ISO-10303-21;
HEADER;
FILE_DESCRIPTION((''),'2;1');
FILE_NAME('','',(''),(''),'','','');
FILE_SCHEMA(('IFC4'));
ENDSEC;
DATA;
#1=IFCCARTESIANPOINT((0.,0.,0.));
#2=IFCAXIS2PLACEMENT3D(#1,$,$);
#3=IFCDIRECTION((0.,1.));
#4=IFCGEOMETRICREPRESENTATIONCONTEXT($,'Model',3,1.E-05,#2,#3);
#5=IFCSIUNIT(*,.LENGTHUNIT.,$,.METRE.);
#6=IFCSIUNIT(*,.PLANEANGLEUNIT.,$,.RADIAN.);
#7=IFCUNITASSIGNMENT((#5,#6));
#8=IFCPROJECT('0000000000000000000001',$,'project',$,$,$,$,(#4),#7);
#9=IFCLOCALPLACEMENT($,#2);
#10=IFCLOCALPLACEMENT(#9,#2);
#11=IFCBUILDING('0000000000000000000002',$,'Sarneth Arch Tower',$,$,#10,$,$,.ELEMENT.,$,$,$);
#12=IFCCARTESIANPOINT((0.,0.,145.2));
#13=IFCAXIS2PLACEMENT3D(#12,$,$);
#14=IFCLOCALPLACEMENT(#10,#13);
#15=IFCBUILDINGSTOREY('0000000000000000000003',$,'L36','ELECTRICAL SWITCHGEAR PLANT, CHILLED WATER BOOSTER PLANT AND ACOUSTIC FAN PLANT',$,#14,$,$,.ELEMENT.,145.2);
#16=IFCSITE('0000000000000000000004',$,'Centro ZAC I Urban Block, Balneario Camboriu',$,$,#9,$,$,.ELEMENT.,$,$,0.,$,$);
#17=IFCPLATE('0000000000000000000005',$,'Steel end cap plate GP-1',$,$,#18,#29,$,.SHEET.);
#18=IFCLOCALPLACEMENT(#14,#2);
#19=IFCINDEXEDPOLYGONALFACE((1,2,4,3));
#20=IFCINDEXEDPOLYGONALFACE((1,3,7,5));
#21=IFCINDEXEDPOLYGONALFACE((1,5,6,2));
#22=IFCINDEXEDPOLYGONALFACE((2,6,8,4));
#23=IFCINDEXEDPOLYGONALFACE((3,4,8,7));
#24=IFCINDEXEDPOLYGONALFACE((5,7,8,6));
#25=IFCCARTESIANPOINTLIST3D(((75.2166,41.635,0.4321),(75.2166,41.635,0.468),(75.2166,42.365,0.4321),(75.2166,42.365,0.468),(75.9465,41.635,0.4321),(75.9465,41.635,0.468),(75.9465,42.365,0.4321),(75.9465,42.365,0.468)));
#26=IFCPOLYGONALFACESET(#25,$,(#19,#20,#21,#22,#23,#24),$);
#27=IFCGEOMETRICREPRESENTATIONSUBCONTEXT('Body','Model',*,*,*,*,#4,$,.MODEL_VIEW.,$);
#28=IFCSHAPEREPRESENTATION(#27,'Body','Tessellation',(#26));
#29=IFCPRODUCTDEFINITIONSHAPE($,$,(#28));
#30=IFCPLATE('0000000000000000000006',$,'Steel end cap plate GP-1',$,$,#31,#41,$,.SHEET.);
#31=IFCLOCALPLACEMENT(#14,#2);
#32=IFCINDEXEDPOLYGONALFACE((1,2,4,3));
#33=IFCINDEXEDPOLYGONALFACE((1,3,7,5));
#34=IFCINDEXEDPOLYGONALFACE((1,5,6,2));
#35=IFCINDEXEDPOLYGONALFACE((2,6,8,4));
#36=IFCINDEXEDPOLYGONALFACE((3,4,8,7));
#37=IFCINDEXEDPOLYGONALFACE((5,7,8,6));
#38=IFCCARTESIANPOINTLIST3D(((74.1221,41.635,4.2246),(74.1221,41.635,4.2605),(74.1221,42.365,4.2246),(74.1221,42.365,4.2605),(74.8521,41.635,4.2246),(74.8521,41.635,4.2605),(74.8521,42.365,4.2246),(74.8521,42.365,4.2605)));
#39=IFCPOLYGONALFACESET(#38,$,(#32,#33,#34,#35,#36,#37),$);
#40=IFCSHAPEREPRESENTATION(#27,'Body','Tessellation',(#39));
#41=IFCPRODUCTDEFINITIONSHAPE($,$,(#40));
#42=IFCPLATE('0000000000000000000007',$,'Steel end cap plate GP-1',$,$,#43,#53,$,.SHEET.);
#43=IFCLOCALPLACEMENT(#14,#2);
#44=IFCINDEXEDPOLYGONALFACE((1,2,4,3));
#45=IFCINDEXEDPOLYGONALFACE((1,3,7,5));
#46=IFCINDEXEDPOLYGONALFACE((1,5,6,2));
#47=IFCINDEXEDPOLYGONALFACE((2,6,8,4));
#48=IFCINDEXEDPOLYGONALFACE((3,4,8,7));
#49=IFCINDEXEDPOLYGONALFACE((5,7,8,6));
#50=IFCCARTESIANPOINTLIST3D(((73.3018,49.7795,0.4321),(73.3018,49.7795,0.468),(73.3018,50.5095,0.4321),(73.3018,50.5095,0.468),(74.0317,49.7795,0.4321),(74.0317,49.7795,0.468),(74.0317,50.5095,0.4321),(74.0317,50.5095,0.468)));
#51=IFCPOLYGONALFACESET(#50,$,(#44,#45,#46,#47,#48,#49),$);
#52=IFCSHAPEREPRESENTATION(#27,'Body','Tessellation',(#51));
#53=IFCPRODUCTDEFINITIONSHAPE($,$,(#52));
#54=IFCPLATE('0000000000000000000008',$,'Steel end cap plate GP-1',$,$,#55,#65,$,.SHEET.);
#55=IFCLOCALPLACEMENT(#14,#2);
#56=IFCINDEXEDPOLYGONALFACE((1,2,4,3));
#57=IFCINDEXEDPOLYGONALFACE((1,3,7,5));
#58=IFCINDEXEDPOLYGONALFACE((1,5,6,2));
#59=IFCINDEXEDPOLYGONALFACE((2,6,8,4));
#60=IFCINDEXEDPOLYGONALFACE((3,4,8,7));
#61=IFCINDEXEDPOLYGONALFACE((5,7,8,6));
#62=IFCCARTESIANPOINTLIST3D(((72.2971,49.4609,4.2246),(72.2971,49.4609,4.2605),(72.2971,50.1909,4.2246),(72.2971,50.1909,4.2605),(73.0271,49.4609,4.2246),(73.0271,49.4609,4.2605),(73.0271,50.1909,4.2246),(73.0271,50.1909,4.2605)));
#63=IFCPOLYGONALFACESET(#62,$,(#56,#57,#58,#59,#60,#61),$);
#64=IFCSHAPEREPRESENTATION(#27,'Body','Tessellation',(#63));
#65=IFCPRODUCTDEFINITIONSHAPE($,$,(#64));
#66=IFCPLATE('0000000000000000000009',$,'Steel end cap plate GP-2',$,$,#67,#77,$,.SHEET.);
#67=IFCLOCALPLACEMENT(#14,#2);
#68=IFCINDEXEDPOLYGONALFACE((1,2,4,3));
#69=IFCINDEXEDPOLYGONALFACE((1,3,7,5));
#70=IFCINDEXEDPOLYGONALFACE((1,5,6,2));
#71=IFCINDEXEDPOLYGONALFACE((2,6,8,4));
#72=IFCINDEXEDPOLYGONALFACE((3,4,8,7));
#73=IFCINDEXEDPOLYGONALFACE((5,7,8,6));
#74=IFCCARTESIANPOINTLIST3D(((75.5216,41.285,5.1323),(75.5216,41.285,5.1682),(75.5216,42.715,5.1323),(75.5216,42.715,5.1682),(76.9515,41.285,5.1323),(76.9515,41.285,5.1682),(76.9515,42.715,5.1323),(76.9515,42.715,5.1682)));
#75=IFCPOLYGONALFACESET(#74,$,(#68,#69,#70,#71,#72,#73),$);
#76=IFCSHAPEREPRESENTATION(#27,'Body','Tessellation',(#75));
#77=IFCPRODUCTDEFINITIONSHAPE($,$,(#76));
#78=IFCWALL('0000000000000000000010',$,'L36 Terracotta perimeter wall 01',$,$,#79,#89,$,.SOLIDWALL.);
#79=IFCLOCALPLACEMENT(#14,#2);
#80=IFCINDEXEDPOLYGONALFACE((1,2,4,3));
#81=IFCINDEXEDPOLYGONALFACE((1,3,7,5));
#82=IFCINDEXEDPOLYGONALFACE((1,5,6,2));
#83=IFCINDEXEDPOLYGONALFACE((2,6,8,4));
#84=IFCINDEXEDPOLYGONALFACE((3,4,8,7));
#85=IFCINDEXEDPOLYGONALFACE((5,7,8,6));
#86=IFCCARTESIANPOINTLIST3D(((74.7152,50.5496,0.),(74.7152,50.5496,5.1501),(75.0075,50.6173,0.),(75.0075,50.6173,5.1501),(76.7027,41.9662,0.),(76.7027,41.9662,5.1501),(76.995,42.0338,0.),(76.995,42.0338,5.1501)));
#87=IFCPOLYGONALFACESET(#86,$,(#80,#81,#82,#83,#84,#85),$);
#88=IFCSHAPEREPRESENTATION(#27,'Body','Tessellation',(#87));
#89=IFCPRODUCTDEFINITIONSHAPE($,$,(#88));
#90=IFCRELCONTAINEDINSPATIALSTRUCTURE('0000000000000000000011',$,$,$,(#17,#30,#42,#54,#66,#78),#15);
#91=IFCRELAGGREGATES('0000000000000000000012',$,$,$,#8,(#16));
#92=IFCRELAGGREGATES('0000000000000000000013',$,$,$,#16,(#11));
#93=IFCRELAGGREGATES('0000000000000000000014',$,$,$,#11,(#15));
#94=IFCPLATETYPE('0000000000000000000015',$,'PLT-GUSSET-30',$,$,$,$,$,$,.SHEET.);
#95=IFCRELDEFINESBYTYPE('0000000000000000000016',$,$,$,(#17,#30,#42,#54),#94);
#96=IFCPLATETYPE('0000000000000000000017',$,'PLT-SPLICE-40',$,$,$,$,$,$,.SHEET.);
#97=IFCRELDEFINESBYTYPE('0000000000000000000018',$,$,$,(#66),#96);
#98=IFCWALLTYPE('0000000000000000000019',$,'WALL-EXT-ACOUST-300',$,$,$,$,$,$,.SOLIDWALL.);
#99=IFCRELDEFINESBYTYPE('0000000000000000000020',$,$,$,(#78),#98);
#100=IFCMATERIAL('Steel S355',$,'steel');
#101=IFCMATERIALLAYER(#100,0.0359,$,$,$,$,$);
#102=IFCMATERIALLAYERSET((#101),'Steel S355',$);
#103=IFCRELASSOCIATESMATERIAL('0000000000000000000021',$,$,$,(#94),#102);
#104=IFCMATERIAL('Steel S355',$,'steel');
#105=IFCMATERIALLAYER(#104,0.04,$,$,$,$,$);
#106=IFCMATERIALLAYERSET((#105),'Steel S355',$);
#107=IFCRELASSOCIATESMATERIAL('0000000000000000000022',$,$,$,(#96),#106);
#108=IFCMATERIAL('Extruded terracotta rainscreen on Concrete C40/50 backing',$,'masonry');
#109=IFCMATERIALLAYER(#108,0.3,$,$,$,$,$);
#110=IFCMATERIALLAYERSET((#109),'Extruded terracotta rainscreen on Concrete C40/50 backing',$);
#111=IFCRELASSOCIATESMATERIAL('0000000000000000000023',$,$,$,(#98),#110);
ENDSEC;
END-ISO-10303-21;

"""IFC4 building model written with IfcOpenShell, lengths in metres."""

from ifc_helpers import new_model, si_unit, direction, frame, frame_2d, origin, origin_2d, place, context, subcontext, project, spatial, rectangle, extrude, material, layer, layer_set, type_object, element, save


model = new_model("IFC4")

# Units and contexts
model_context = context("Model", 3, precision=1e-05, world=origin(), true_north=direction((0.0, 1.0)))
body_context = subcontext(model_context, "Body", "Model", "MODEL_VIEW")
ifc_project = project(units=[si_unit("LENGTHUNIT", "METRE"), si_unit("PLANEANGLEUNIT", "RADIAN")], contexts=[model_context])

# Site, building, storey
site_placement = place(None, origin())
site = spatial("IfcSite", under=ifc_project, at=site_placement, Name="Centro ZAC I Urban Block, Balneario Camboriu", CompositionType="ELEMENT", RefElevation=0.0)
building_placement = place(site_placement, origin())
building = spatial("IfcBuilding", under=site, at=building_placement, Name="Sarneth Arch Tower", CompositionType="ELEMENT")
storey_placement = place(building_placement, frame((0.0, 0.0, 145.2)))
storey = spatial("IfcBuildingStorey", under=building, at=storey_placement, Name="L36", Description="ELECTRICAL SWITCHGEAR PLANT, CHILLED WATER BOOSTER PLANT AND ACOUSTIC FAN PLANT", CompositionType="ELEMENT", Elevation=145.2)

# Plates
ifc_material_1 = material(Name="Steel S355", Category="steel")
ifc_layer_1 = layer(ifc_material_1, 0.0359)
ifc_layer_set_1 = layer_set([ifc_layer_1], Name="Steel S355")
plate_type_1 = type_object("IfcPlateType", Name="PLT-GUSSET-30", PredefinedType="SHEET", material=ifc_layer_set_1)
for number, where, z_axis, x_axis, name in (
    (1, (75.5815, 42.0, 0.4321), (0.0, 0.0, 1.0), (1.0, 0.0, 0.0), "Steel end cap plate GP-1"),
    (2, (74.4871, 42.0, 4.2246), (0.0, 0.0, 1.0), (1.0, 0.0, 0.0), "Steel end cap plate GP-1"),
    (3, (73.6667, 50.1445, 0.4321), (0.0, 0.0, 1.0), (1.0, 0.0, 0.0), "Steel end cap plate GP-1"),
    (4, (72.6621, 49.8259, 4.2246), (0.0, 0.0, 1.0), (1.0, 0.0, 0.0), "Steel end cap plate GP-1"),
):
    element("IfcPlate", number, at=place(storey_placement, frame(where, z_axis=z_axis, x_axis=x_axis)), inside=storey, type_object=plate_type_1, Name=name, PredefinedType="SHEET", context=body_context, shape_type="SweptSolid", body=[
        extrude(rectangle(XDim=0.73, YDim=0.73, at=origin_2d()), origin(), (0.0, 0.0, 1.0), 0.0359),
    ])
ifc_material_2 = material(Name="Steel S355", Category="steel")
ifc_layer_2 = layer(ifc_material_2, 0.04)
ifc_layer_set_2 = layer_set([ifc_layer_2], Name="Steel S355")
plate_type_2 = type_object("IfcPlateType", Name="PLT-SPLICE-40", PredefinedType="SHEET", material=ifc_layer_set_2)
plate_1_placement = place(storey_placement, frame((76.2366, 42.0, 5.1323), z_axis=(0.0, 0.0, 1.0), x_axis=(1.0, 0.0, 0.0)))
element("IfcPlate", 5, at=plate_1_placement, inside=storey, type_object=plate_type_2, Name="Steel end cap plate GP-2", PredefinedType="SHEET", context=body_context, shape_type="SweptSolid", body=[
    extrude(rectangle(XDim=1.4299, YDim=1.4299, at=origin_2d()), origin(), (0.0, 0.0, 1.0), 0.0359),
])

# Wall
ifc_material_3 = material(Name="Extruded terracotta rainscreen on Concrete C40/50 backing", Category="masonry")
ifc_layer_3 = layer(ifc_material_3, 0.3)
ifc_layer_set_3 = layer_set([ifc_layer_3], Name="Extruded terracotta rainscreen on Concrete C40/50 backing")
wall_type = type_object("IfcWallType", Name="WALL-EXT-ACOUST-300", PredefinedType="SOLIDWALL", material=ifc_layer_set_3)
wall_placement = place(storey_placement, frame((76.8489, 42.0, 0.0), z_axis=(0.0, 0.0, 1.0), x_axis=(-0.225586, 0.974223, 0.0)))
element("IfcWall", 6, at=wall_placement, inside=storey, type_object=wall_type, Name="L36 Terracotta perimeter wall 01", PredefinedType="SOLIDWALL", context=body_context, shape_type="SweptSolid", body=[
    extrude(rectangle(XDim=8.8105, YDim=0.3, at=frame_2d((4.4053, 0.0))), origin(), (0.0, 0.0, 1.0), 5.1501),
])

save(model, "model.ifc")
